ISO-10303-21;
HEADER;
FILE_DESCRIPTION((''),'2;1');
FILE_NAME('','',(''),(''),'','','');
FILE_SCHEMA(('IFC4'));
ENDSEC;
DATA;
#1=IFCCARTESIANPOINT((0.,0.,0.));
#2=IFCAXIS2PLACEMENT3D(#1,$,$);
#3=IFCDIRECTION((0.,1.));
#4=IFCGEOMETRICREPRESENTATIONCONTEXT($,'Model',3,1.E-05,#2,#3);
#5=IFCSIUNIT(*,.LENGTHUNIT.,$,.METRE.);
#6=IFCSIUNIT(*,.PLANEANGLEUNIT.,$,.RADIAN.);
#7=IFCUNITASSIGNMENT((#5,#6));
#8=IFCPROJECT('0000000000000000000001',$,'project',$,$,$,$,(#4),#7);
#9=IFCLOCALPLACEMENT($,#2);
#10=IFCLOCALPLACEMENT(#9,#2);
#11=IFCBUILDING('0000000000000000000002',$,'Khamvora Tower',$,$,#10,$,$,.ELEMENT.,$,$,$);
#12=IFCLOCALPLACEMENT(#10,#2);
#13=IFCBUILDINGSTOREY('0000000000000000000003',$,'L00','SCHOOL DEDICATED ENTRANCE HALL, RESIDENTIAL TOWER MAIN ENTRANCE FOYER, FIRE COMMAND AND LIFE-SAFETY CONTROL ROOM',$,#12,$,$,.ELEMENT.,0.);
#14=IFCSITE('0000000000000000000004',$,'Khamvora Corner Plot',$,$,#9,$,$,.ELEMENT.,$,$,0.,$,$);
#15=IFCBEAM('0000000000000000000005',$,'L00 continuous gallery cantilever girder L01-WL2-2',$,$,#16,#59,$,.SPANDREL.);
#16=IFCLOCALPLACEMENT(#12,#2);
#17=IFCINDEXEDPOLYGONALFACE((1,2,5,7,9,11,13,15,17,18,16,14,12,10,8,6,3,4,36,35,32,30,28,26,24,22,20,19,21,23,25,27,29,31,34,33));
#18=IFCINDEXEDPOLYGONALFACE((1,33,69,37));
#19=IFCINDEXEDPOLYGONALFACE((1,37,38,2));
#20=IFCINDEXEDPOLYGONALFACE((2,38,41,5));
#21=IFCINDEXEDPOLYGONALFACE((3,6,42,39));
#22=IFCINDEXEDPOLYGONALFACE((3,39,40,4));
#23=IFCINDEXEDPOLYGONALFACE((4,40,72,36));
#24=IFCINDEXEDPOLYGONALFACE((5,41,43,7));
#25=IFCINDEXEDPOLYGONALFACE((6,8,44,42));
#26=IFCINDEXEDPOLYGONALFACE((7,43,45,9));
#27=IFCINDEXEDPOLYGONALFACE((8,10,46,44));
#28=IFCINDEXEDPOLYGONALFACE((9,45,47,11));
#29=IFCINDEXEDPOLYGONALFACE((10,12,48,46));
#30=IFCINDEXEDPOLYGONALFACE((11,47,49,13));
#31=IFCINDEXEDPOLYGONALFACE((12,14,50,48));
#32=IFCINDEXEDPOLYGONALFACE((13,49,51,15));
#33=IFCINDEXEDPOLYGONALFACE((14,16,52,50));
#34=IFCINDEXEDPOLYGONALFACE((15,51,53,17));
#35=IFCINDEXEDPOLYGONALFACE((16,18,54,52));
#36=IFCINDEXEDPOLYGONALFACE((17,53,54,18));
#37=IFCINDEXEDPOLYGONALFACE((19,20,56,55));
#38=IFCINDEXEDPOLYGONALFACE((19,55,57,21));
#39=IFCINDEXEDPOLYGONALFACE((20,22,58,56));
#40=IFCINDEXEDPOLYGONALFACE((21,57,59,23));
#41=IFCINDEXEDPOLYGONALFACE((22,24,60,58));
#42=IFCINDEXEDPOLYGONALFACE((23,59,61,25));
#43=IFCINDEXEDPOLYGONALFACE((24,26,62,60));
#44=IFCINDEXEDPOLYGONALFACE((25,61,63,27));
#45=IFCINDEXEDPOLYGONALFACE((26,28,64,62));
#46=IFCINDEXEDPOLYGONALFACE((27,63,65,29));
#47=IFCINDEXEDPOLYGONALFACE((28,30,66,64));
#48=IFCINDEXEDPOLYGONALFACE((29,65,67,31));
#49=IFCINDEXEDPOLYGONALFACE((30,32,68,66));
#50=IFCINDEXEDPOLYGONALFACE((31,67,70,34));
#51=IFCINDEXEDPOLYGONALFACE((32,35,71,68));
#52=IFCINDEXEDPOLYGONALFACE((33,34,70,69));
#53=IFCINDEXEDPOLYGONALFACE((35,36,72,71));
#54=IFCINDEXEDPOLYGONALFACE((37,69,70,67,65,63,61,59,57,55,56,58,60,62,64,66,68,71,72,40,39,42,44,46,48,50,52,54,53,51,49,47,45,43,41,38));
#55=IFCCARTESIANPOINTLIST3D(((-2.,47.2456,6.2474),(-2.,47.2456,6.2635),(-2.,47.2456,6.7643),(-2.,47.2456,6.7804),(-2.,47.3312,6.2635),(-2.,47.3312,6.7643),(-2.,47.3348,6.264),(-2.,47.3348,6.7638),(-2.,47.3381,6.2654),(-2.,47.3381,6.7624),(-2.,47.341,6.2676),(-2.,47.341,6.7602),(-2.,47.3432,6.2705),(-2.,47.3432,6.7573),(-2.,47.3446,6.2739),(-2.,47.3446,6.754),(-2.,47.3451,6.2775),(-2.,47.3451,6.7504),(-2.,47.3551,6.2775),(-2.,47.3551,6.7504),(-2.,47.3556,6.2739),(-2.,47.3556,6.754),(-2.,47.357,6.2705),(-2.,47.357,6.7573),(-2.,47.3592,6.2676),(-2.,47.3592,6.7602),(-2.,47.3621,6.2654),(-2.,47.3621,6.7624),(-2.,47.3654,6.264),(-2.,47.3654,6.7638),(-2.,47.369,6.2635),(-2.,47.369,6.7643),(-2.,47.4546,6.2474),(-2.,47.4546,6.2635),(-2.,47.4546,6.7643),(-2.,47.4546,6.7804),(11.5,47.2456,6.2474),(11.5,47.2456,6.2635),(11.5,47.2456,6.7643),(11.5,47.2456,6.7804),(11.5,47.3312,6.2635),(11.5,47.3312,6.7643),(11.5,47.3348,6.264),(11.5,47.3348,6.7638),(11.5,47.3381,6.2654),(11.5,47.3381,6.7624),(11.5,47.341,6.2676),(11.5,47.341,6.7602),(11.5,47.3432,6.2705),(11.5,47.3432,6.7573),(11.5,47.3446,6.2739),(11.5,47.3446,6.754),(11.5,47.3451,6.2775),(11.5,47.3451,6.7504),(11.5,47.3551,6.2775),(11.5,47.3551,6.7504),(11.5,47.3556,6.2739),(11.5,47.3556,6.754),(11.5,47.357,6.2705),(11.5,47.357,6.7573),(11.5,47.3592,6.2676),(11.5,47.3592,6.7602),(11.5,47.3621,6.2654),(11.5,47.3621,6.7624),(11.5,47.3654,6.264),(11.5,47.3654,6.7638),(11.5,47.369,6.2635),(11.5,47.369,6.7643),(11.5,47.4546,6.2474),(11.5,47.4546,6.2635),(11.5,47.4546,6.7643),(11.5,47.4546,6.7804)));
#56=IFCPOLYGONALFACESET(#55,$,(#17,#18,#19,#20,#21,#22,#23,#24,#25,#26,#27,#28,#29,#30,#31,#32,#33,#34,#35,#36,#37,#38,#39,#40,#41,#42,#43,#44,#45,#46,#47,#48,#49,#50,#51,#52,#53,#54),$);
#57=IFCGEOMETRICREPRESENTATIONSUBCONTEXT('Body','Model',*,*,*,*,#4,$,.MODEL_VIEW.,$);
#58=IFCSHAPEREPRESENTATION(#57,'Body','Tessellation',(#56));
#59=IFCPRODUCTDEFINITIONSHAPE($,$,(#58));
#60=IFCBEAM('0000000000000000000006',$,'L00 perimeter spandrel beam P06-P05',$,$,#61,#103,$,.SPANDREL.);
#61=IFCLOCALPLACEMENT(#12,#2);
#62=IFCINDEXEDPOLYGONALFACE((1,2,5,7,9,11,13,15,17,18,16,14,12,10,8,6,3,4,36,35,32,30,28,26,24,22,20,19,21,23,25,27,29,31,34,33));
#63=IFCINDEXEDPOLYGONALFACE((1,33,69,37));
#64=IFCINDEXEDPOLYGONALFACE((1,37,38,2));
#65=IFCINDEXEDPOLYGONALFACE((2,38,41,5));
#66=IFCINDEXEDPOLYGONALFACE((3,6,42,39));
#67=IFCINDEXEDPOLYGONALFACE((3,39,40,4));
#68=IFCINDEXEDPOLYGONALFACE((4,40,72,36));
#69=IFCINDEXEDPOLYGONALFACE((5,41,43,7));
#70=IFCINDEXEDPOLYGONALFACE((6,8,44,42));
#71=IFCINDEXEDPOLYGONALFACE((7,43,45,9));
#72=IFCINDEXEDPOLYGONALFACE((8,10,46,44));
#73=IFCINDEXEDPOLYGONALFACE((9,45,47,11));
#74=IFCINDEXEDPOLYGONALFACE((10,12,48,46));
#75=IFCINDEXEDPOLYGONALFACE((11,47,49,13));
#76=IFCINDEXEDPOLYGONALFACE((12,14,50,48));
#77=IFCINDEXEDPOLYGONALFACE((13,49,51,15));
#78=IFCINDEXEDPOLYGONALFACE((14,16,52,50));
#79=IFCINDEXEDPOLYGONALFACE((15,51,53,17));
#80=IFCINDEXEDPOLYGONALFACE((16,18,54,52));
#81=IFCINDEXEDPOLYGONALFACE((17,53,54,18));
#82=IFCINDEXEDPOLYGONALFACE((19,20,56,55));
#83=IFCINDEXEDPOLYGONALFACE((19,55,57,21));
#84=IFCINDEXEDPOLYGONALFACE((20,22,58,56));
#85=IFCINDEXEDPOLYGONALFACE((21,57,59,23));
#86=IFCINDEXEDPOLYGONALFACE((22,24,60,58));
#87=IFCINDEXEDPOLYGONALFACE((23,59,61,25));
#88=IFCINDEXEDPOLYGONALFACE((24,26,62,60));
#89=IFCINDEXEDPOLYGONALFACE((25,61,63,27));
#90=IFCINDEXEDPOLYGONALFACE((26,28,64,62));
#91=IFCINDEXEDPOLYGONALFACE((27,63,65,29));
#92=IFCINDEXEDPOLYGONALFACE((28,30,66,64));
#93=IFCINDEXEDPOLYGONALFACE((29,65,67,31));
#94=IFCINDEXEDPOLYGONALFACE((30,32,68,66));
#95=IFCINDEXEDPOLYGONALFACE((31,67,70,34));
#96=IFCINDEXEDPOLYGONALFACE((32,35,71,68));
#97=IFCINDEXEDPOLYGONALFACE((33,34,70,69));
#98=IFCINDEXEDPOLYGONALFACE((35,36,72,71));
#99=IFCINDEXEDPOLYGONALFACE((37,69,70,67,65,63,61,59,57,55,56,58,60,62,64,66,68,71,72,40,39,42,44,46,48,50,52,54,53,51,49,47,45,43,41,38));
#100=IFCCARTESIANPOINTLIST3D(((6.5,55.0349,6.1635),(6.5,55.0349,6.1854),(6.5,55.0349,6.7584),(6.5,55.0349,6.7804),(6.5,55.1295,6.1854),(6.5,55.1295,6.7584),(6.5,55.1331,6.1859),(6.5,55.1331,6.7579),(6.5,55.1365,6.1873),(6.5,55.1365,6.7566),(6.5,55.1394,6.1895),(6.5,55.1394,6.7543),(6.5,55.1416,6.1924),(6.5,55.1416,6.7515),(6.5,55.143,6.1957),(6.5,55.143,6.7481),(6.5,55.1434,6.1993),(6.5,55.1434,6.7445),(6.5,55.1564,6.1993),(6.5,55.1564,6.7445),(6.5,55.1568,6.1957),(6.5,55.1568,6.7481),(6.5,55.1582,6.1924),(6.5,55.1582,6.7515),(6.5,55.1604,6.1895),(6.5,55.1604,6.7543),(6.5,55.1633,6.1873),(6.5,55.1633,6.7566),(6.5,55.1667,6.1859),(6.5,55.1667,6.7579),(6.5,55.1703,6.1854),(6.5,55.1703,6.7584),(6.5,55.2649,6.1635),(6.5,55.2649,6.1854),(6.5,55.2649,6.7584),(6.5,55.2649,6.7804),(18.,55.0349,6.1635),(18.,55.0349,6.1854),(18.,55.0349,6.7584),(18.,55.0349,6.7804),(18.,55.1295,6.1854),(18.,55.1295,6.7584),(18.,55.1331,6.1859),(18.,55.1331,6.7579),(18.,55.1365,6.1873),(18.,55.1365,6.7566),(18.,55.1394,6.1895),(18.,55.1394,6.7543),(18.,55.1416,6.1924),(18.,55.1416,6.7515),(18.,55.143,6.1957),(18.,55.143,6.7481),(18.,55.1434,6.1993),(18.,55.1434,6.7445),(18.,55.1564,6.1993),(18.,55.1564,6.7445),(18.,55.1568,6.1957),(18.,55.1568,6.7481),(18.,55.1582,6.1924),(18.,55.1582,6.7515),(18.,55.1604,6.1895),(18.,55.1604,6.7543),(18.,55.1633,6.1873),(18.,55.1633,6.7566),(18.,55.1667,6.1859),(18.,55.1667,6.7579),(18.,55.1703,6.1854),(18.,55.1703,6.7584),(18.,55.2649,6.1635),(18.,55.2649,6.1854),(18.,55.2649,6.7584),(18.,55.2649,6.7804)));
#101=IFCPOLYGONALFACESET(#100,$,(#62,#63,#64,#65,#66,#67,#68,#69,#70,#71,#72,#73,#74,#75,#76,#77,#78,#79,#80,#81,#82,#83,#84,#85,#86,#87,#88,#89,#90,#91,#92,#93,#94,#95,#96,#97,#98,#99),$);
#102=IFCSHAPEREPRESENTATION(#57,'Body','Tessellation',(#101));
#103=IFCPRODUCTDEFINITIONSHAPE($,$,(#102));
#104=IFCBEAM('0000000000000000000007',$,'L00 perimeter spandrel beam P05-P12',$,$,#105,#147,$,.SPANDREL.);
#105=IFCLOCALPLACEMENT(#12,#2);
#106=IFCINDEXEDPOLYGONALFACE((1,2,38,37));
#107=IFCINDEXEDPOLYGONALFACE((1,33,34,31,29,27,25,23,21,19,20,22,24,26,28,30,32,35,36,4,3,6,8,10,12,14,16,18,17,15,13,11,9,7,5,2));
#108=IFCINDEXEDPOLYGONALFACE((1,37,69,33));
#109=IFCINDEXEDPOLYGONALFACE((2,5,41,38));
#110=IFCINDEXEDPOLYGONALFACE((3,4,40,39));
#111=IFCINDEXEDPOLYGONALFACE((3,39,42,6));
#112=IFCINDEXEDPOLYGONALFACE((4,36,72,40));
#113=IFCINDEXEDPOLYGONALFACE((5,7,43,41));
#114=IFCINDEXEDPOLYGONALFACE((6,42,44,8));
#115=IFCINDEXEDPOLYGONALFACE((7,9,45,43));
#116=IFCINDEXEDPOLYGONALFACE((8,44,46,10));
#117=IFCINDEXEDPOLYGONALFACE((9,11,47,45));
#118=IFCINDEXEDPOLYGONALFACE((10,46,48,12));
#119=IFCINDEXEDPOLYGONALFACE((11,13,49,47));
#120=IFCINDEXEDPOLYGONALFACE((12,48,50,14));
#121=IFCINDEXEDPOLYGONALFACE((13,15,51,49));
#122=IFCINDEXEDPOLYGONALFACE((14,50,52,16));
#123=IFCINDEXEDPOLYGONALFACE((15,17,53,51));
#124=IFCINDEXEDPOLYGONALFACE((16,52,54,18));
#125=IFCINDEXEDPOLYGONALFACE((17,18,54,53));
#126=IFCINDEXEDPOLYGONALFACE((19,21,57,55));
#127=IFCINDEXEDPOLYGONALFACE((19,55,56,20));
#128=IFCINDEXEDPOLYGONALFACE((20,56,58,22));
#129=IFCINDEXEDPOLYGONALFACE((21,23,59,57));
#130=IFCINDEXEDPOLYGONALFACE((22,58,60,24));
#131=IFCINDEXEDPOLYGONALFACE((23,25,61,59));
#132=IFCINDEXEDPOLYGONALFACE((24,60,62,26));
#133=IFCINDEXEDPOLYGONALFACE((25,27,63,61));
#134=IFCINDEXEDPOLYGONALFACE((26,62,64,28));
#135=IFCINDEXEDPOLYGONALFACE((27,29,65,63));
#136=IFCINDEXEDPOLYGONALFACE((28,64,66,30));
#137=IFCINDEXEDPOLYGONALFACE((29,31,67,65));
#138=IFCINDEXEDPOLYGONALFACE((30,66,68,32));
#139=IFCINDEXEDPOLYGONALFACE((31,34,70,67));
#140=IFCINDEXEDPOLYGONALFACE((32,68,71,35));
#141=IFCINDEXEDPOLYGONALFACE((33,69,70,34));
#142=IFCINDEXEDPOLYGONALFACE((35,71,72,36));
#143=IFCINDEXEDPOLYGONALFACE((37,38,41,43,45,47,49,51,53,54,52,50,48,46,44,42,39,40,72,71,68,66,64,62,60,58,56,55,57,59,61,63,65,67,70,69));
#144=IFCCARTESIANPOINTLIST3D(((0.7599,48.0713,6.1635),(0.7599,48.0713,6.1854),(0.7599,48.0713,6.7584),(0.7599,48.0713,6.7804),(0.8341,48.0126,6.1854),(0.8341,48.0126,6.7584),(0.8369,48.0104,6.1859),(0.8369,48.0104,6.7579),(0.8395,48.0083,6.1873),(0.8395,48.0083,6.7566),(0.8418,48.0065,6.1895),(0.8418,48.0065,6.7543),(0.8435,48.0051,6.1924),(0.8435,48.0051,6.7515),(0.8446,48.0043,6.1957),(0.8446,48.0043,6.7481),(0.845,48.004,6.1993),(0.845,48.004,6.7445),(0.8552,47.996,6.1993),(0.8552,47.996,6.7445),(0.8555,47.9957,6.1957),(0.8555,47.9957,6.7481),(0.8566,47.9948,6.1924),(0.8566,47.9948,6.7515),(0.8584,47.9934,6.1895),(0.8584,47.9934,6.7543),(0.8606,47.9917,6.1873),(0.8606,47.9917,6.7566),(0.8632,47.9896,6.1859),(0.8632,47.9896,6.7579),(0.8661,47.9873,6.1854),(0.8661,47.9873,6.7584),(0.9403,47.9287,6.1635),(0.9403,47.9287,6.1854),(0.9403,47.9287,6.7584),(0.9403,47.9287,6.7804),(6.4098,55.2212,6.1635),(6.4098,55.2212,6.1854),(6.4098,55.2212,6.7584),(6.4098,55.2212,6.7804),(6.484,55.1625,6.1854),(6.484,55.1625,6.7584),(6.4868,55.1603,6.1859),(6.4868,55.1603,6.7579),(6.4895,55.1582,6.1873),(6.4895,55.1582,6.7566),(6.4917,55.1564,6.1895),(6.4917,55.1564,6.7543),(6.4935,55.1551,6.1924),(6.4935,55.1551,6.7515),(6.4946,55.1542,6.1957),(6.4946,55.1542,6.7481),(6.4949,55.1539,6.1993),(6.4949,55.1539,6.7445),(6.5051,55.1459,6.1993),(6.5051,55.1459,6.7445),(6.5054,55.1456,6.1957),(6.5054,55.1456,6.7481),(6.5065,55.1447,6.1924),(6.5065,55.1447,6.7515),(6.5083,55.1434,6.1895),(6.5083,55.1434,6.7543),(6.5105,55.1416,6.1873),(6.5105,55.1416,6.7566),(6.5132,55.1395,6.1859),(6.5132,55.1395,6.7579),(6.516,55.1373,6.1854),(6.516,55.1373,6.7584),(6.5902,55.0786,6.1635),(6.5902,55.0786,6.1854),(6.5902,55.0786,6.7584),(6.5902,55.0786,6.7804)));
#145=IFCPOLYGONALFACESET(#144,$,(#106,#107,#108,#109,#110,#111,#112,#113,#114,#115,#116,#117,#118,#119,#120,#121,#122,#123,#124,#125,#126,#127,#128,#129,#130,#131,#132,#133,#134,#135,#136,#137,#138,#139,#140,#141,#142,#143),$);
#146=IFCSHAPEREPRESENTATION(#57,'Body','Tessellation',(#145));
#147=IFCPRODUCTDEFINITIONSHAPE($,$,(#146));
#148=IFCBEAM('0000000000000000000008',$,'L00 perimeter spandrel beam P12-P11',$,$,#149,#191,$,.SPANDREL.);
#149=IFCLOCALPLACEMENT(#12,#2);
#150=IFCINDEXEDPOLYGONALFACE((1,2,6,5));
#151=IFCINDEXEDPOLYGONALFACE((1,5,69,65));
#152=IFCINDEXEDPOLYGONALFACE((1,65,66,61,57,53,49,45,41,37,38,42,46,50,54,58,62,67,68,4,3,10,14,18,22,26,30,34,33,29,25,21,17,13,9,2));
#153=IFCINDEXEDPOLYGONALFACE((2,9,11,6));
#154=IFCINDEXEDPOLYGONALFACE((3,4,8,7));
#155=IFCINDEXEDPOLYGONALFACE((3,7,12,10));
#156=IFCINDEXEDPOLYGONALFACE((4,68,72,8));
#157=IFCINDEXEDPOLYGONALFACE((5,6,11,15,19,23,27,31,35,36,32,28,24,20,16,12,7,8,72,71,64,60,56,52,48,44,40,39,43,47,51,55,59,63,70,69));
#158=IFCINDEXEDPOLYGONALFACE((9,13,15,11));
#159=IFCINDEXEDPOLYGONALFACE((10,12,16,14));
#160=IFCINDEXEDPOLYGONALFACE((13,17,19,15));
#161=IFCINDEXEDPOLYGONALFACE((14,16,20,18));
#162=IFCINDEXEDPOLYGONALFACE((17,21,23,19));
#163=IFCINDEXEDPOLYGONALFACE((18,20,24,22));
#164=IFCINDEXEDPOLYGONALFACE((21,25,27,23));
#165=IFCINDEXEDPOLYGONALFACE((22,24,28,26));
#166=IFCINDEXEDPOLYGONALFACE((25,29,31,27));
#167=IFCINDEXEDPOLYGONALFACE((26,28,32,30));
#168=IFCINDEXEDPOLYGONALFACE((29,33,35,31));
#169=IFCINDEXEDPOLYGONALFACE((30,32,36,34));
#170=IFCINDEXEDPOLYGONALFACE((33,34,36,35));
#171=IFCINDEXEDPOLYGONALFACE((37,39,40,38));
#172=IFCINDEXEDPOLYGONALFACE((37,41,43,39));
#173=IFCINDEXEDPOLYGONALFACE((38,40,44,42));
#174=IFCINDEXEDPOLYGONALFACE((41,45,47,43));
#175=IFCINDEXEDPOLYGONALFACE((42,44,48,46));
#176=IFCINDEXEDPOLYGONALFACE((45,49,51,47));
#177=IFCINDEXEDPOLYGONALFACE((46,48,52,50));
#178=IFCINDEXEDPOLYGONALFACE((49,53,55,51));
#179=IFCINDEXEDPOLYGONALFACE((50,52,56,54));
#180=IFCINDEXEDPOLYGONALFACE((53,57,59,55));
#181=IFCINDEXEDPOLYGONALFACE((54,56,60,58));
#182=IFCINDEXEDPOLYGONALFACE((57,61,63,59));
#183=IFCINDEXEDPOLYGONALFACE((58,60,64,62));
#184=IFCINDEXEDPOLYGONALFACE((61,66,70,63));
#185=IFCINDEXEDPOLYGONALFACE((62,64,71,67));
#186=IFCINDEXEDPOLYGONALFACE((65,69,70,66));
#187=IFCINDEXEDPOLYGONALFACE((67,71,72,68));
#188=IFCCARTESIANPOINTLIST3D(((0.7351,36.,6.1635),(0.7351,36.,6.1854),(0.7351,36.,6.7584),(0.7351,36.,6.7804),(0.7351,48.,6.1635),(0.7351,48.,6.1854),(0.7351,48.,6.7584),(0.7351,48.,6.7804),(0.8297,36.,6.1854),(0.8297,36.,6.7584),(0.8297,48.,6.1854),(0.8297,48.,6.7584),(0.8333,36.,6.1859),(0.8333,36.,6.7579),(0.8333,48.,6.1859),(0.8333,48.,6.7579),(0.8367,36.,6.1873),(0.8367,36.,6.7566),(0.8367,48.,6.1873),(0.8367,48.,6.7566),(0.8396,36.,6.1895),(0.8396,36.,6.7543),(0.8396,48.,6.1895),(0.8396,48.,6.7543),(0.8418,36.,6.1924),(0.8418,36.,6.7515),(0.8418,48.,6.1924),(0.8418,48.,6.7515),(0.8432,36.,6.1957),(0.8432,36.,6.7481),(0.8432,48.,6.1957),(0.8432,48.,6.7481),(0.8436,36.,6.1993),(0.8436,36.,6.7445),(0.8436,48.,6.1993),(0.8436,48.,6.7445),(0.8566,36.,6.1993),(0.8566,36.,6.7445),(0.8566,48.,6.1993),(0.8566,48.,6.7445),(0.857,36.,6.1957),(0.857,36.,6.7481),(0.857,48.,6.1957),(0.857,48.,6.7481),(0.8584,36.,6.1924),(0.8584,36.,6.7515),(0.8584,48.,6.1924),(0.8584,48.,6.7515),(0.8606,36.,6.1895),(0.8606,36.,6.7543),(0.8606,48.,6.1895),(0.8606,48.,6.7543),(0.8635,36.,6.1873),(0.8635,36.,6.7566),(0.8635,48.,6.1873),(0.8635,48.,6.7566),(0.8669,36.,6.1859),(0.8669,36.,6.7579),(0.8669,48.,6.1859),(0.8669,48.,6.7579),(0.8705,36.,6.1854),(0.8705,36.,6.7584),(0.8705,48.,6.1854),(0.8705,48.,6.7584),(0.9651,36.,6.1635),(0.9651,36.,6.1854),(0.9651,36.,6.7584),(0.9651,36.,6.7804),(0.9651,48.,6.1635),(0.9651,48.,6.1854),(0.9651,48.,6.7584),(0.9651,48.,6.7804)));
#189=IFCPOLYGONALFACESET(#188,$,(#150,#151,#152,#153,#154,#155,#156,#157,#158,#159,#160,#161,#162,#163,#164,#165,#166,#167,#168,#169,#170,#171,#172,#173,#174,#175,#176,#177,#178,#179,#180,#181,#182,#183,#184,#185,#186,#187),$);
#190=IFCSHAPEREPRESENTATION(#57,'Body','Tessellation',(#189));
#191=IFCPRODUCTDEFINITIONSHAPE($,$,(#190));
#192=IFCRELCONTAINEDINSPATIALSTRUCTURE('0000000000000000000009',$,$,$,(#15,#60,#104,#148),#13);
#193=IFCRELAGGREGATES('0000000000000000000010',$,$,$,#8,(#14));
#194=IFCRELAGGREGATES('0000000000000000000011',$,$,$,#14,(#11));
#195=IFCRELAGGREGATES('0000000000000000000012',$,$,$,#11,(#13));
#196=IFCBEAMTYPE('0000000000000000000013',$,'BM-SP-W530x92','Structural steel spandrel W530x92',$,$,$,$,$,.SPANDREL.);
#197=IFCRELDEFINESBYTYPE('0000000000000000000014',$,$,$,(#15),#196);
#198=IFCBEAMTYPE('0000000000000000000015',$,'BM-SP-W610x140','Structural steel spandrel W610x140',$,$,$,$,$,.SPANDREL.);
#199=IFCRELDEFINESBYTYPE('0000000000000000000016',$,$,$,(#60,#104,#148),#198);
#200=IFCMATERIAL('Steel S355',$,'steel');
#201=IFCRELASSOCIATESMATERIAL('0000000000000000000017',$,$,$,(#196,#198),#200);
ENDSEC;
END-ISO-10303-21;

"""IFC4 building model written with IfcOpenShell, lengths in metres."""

from ifc_helpers import new_model, si_unit, direction, frame, origin, origin_2d, place, context, subcontext, project, spatial, i_section, extrude, material, material_profile, profile_set, type_object, element, save


model = new_model("IFC4")

# Units and contexts
model_context = context("Model", 3, precision=1e-05, world=origin(), true_north=direction((0.0, 1.0)))
body_context = subcontext(model_context, "Body", "Model", "MODEL_VIEW")
ifc_project = project(units=[si_unit("LENGTHUNIT", "METRE"), si_unit("PLANEANGLEUNIT", "RADIAN")], contexts=[model_context])

# Site, building, storey
site_placement = place(None, origin())
site = spatial("IfcSite", under=ifc_project, at=site_placement, Name="Khamvora Corner Plot", CompositionType="ELEMENT", RefElevation=0.0)
building_placement = place(site_placement, origin())
building = spatial("IfcBuilding", under=site, at=building_placement, Name="Khamvora Tower", CompositionType="ELEMENT")
storey_placement = place(building_placement, origin())
storey = spatial("IfcBuildingStorey", under=building, at=storey_placement, Name="L00", Description="SCHOOL DEDICATED ENTRANCE HALL, RESIDENTIAL TOWER MAIN ENTRANCE FOYER, FIRE COMMAND AND LIFE-SAFETY CONTROL ROOM", CompositionType="ELEMENT", Elevation=0.0)

# Beams
ifc_material_1 = material(Name="Steel S355", Category="steel")
ifc_material_profile_1 = material_profile(ifc_material_1, i_section(OverallWidth=0.209, OverallDepth=0.533, WebThickness=0.01, FlangeThickness=0.0161, FilletRadius=0.0139, at=origin_2d()), Name="W530x92")
ifc_profile_set_1 = profile_set([ifc_material_profile_1], Name="Steel S355")
beam_type_1 = type_object("IfcBeamType", Name="BM-SP-W530x92", Description="Structural steel spandrel W530x92", PredefinedType="SPANDREL", material=ifc_profile_set_1)
beam_1_placement = place(storey_placement, frame((11.5, 47.3501, 6.5139), z_axis=(-1.0, 0.0, 0.0), x_axis=(0.0, -1.0, 0.0)))
element("IfcBeam", 1, at=beam_1_placement, inside=storey, type_object=beam_type_1, Name="L00 continuous gallery cantilever girder L01-WL2-2", PredefinedType="SPANDREL", context=body_context, shape_type="SweptSolid", body=[
    extrude(i_section(OverallWidth=0.209, OverallDepth=0.533, WebThickness=0.01, FlangeThickness=0.0161, FilletRadius=0.0139, at=origin_2d()), origin(), (0.0, 0.0, 1.0), 13.5),
])
ifc_material_profile_2 = material_profile(ifc_material_1, i_section(OverallWidth=0.23, OverallDepth=0.6169, WebThickness=0.0129, FlangeThickness=0.022, FilletRadius=0.0139, at=origin_2d()), Name="W610x140")
ifc_profile_set_2 = profile_set([ifc_material_profile_2], Name="Steel S355")
beam_type_2 = type_object("IfcBeamType", Name="BM-SP-W610x140", Description="Structural steel spandrel W610x140", PredefinedType="SPANDREL", material=ifc_profile_set_2)
beam_2_placement = place(storey_placement, frame((18.0, 55.1499, 6.4719), z_axis=(-1.0, 0.0, 0.0), x_axis=(0.0, -1.0, 0.0)))
element("IfcBeam", 2, at=beam_2_placement, inside=storey, type_object=beam_type_2, Name="L00 perimeter spandrel beam P06-P05", PredefinedType="SPANDREL", context=body_context, shape_type="SweptSolid", body=[
    extrude(i_section(OverallWidth=0.23, OverallDepth=0.6169, WebThickness=0.0129, FlangeThickness=0.022, FilletRadius=0.0139, at=origin_2d()), origin(), (0.0, 0.0, 1.0), 11.5),
])
beam_3_placement = place(storey_placement, frame((6.5, 55.1499, 6.4719), z_axis=(-0.619999, -0.784603, 0.0), x_axis=(0.784603, -0.619999, 0.0)))
element("IfcBeam", 3, at=beam_3_placement, inside=storey, type_object=beam_type_2, Name="L00 perimeter spandrel beam P05-P12", PredefinedType="SPANDREL", context=body_context, shape_type="SweptSolid", body=[
    extrude(i_section(OverallWidth=0.23, OverallDepth=0.6169, WebThickness=0.0129, FlangeThickness=0.022, FilletRadius=0.0139, at=origin_2d()), origin(), (0.0, 0.0, 1.0), 9.1128),
])
beam_4_placement = place(storey_placement, frame((0.8501, 48.0, 6.4719), z_axis=(0.0, -1.0, 0.0), x_axis=(1.0, 0.0, 0.0)))
element("IfcBeam", 4, at=beam_4_placement, inside=storey, type_object=beam_type_2, Name="L00 perimeter spandrel beam P12-P11", PredefinedType="SPANDREL", context=body_context, shape_type="SweptSolid", body=[
    extrude(i_section(OverallWidth=0.23, OverallDepth=0.6169, WebThickness=0.0129, FlangeThickness=0.022, FilletRadius=0.0139, at=origin_2d()), origin(), (0.0, 0.0, 1.0), 12.0),
])

save(model, "model.ifc")
